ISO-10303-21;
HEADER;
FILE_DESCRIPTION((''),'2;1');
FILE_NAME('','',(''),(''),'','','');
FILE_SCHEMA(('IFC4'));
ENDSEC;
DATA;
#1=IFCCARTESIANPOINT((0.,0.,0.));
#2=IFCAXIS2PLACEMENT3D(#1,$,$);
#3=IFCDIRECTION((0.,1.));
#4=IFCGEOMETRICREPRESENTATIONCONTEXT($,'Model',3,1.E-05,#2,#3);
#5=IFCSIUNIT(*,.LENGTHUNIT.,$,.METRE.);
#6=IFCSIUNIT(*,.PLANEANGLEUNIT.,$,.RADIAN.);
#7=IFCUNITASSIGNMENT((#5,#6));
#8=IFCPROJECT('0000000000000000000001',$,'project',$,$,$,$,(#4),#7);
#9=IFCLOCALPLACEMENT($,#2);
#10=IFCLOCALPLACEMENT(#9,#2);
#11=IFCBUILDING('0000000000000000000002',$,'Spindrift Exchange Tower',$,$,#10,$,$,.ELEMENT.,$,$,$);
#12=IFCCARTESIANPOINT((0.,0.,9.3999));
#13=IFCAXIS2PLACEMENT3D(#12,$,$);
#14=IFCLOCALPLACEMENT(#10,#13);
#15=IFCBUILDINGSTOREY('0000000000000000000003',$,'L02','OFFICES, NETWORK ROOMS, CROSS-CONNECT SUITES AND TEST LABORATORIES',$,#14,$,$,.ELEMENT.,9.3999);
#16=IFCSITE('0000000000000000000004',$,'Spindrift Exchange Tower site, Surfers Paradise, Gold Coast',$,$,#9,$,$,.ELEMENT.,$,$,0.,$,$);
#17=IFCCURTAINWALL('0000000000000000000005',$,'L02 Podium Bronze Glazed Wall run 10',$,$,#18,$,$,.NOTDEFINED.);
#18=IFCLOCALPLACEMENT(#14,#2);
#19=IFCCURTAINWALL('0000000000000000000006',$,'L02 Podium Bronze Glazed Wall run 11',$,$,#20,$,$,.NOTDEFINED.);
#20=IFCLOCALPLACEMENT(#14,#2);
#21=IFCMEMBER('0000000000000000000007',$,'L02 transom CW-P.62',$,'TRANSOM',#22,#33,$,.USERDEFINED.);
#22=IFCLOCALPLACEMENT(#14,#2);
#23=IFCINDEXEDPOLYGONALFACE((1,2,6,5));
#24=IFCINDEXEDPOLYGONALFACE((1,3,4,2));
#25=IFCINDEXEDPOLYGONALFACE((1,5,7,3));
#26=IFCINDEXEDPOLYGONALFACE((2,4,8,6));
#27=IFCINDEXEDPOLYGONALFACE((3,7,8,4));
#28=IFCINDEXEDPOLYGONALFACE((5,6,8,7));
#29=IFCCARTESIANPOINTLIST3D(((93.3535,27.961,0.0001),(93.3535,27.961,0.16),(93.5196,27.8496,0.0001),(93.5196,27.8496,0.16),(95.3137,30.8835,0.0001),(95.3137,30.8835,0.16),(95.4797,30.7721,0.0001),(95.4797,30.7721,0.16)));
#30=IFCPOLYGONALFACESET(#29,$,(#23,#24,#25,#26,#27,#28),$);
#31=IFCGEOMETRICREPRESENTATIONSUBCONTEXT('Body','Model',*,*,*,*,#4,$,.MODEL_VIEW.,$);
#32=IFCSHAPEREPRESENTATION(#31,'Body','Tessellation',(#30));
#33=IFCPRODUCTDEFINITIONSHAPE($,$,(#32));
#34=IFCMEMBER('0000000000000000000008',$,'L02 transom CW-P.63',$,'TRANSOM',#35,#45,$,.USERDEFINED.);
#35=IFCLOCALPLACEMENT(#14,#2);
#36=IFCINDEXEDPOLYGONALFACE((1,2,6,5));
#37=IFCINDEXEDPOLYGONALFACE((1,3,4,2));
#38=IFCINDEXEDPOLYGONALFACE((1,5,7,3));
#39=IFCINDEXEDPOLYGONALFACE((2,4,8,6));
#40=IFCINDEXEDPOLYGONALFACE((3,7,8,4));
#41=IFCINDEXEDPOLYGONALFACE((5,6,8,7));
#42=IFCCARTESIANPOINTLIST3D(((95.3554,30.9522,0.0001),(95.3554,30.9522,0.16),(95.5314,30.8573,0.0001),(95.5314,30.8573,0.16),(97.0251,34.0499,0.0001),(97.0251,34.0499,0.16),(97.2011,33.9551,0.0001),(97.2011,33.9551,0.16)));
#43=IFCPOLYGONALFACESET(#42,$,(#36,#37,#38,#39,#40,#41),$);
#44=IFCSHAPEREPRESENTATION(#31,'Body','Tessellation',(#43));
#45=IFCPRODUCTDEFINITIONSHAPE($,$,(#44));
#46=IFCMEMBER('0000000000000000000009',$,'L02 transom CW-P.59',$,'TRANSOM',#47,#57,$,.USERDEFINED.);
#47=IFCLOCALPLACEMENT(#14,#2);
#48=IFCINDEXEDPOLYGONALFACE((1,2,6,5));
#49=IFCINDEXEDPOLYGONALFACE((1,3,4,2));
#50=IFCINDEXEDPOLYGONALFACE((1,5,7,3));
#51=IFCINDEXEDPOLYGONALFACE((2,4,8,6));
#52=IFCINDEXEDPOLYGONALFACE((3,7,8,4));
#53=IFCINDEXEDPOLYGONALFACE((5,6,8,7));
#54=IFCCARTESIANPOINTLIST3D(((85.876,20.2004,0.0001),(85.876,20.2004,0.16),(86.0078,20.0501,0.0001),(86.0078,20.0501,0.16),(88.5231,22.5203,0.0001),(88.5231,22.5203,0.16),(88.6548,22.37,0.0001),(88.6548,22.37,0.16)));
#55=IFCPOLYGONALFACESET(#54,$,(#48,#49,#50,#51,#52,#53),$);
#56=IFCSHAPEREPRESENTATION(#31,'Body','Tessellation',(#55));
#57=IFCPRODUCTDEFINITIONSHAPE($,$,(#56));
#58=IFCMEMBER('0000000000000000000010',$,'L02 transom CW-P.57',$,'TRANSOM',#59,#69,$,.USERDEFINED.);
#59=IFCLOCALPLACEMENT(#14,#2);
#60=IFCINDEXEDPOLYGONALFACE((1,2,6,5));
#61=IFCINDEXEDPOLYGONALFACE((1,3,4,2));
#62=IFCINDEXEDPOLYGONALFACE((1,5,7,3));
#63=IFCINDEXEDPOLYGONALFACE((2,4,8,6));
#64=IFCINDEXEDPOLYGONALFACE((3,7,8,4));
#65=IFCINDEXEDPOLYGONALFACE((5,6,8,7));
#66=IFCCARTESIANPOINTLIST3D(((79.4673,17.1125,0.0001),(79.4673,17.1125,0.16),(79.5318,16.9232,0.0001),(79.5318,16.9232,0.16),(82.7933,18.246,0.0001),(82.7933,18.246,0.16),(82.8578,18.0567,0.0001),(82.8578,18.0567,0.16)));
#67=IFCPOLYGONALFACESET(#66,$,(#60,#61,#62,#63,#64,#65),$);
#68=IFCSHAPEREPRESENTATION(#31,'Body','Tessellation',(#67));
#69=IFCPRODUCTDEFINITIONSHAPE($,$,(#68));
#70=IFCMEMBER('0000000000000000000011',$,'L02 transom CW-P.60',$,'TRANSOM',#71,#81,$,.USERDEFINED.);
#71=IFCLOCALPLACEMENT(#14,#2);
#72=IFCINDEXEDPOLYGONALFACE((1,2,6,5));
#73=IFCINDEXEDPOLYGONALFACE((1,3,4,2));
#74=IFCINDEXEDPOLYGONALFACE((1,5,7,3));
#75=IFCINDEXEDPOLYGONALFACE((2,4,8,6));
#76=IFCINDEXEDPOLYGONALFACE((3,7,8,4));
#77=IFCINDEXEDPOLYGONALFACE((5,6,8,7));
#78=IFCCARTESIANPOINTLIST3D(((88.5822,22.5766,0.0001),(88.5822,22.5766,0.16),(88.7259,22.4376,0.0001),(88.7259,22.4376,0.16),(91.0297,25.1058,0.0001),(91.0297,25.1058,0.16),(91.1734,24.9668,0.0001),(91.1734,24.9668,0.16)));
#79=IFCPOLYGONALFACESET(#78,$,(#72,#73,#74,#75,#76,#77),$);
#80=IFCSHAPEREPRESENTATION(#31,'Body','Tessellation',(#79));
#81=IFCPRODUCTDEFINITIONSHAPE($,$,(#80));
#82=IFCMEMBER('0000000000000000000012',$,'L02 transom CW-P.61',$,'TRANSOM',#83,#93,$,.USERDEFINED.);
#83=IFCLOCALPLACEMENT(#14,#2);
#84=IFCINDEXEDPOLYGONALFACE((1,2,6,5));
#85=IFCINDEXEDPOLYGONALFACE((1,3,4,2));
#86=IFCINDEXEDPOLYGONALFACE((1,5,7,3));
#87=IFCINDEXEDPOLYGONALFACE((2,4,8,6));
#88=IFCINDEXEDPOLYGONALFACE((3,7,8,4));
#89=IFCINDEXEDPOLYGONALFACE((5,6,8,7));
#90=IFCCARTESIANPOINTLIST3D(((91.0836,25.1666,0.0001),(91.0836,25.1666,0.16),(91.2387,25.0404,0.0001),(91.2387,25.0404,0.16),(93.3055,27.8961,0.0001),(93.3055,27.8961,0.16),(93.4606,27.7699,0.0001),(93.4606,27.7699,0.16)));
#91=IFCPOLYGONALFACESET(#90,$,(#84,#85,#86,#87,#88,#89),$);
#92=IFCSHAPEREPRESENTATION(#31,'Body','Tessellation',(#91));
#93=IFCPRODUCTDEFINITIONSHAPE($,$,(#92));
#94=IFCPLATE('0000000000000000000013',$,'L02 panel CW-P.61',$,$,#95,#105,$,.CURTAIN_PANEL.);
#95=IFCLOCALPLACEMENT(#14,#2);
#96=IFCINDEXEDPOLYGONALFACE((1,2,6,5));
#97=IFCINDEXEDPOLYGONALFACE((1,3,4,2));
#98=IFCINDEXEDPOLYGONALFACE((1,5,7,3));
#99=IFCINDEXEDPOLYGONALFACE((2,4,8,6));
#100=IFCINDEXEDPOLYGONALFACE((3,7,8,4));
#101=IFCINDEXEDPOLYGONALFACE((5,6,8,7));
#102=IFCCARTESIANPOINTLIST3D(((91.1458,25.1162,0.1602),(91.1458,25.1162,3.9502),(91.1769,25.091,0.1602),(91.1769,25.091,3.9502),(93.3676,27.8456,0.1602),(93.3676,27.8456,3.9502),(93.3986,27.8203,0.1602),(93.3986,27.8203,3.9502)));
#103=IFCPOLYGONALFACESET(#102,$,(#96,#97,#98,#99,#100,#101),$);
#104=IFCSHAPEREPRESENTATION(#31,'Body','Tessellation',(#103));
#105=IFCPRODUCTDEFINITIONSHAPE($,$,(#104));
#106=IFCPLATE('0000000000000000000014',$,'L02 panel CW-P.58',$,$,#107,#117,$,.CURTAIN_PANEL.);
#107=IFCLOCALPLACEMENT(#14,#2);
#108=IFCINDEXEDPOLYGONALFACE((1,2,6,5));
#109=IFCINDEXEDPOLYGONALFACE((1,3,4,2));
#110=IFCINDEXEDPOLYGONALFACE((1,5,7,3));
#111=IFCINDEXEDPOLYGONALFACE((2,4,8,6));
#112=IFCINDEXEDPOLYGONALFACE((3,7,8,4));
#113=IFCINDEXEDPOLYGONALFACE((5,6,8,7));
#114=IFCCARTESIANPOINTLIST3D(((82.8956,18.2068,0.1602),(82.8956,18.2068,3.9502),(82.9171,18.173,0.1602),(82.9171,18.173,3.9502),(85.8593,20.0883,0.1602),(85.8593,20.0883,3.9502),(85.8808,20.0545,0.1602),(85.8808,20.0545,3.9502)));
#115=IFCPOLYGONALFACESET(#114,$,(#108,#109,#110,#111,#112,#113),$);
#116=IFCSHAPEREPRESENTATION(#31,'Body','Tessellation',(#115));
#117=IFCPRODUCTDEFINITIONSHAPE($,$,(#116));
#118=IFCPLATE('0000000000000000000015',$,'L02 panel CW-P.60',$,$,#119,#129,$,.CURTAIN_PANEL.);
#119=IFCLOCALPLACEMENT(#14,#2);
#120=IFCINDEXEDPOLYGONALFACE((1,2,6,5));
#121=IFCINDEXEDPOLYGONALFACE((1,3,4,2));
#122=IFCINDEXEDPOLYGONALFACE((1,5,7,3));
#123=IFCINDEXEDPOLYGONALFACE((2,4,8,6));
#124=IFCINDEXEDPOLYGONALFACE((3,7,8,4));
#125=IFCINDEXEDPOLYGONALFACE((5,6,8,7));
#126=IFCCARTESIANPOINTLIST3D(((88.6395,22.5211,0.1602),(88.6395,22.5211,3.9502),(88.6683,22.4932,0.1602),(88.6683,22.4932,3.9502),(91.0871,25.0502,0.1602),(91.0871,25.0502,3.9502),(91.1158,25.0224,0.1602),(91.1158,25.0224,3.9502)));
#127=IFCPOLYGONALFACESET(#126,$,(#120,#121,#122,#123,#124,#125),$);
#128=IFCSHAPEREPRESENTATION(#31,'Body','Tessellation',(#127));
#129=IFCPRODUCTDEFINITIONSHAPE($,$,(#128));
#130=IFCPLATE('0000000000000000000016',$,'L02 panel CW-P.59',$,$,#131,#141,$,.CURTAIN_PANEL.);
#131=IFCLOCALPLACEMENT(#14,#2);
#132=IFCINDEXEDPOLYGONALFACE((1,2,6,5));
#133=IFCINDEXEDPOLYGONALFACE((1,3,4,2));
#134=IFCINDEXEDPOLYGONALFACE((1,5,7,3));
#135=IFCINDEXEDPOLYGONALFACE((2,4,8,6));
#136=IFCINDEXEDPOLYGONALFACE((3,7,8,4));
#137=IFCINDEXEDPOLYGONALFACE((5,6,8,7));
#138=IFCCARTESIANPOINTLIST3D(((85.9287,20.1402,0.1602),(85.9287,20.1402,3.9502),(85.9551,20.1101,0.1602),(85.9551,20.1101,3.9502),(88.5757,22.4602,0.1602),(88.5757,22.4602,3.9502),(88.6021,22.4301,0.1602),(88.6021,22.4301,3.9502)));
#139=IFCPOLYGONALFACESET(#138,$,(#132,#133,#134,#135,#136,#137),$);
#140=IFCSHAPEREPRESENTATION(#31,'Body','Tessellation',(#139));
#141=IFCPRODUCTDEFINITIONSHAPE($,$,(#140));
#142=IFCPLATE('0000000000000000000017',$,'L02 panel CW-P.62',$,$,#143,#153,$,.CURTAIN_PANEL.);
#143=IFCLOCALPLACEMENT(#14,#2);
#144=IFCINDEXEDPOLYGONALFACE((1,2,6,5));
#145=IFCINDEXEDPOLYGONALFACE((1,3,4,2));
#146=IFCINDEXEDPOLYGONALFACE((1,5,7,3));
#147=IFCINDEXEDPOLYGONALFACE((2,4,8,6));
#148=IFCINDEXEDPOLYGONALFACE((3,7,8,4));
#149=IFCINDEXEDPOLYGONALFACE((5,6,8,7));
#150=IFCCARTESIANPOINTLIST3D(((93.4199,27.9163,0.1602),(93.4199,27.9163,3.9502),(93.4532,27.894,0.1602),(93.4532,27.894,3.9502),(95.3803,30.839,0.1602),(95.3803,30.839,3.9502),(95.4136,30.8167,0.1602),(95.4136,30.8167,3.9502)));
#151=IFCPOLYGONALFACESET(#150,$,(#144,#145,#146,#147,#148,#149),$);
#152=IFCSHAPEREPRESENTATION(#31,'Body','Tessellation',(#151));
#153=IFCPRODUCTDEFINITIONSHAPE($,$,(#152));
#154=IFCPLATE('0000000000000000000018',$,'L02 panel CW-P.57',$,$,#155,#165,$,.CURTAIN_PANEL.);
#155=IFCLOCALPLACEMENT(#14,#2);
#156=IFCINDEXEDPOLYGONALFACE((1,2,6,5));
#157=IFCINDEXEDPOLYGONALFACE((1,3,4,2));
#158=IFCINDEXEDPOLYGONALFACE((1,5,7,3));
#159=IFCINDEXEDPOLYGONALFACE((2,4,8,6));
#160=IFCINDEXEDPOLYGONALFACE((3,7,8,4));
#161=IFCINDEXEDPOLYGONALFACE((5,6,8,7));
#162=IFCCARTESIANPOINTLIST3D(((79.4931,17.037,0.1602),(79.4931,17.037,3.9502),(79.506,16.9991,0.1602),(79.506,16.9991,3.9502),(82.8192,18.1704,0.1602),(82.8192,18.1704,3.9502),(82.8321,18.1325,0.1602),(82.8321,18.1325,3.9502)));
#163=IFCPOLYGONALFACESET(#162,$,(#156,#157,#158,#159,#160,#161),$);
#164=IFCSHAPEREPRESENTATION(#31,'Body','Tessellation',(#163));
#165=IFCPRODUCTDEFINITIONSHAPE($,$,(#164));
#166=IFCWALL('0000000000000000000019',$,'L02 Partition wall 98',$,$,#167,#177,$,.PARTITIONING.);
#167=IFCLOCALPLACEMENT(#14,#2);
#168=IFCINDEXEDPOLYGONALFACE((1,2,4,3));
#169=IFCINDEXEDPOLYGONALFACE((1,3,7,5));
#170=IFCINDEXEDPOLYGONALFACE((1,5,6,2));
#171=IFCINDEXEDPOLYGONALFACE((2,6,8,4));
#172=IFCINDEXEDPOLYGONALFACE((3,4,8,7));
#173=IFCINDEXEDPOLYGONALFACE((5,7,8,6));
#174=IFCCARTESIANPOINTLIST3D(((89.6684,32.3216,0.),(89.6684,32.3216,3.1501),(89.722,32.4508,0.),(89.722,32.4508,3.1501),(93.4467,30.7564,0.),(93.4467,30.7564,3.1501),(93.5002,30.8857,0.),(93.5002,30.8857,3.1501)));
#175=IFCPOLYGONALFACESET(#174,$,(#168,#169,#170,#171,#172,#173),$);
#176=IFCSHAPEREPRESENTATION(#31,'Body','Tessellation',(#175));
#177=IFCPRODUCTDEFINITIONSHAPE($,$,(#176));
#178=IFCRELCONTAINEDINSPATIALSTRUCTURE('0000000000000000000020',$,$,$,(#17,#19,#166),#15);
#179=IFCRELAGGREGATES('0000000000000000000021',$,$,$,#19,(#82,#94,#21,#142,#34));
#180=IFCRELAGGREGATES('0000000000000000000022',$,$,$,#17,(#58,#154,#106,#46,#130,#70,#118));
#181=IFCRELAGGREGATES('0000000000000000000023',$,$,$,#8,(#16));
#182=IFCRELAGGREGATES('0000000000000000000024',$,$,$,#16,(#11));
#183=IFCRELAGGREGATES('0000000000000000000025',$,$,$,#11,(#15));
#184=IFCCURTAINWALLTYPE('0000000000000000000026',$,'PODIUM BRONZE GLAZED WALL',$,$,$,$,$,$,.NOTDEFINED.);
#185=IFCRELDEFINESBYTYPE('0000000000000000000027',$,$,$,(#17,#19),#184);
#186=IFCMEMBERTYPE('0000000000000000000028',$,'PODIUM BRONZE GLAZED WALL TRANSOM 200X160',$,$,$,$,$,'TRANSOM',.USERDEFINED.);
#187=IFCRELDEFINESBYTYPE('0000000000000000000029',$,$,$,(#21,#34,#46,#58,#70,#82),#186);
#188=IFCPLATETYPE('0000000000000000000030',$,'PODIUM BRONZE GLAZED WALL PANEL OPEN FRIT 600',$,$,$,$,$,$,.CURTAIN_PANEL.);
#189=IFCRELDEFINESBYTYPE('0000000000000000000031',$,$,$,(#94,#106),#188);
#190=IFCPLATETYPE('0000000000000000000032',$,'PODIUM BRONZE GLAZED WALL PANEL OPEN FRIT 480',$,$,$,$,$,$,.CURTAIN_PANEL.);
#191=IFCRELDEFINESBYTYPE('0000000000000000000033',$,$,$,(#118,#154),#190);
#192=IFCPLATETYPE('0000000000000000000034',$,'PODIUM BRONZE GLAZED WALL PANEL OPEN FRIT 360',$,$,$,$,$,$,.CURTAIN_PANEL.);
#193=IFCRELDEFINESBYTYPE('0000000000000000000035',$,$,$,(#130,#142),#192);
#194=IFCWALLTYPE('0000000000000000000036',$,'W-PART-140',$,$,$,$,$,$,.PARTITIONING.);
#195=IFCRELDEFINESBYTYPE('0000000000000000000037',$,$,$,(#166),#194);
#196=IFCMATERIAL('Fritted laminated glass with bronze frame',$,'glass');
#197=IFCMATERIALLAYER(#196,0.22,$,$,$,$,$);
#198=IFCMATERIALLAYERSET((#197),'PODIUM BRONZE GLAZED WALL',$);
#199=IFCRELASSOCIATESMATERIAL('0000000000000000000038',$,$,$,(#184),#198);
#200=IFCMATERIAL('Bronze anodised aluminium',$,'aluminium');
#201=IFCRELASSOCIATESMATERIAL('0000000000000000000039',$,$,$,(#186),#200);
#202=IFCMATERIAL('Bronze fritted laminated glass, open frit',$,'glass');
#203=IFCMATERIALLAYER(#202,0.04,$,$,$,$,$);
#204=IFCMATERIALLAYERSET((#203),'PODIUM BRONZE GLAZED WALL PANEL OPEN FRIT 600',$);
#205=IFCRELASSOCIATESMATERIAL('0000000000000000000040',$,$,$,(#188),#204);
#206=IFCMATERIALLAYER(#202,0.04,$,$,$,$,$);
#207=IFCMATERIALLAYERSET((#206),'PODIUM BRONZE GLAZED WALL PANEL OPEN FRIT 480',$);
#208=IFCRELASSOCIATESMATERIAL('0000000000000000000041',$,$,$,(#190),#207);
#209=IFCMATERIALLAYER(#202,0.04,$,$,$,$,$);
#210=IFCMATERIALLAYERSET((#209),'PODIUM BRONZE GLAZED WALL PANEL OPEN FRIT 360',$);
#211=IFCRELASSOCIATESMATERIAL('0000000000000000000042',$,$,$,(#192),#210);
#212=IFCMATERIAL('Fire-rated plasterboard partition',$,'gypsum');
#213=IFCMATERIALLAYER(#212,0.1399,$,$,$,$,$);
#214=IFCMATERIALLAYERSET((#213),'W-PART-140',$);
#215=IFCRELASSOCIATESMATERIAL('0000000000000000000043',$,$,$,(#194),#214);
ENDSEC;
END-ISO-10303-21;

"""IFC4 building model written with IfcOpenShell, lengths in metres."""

from ifc_helpers import new_model, si_unit, direction, frame, frame_2d, origin, origin_2d, place, context, subcontext, project, spatial, rectangle, extrude, source, transform, mapped, material, layer, layer_set, material_profile, profile_set, type_object, element, aggregate, save


model = new_model("IFC4")

# Units and contexts
model_context = context("Model", 3, precision=1e-05, world=origin(), true_north=direction((0.0, 1.0)))
body_context = subcontext(model_context, "Body", "Model", "MODEL_VIEW")
ifc_project = project(units=[si_unit("LENGTHUNIT", "METRE"), si_unit("PLANEANGLEUNIT", "RADIAN")], contexts=[model_context])

# Site, building, storey
site_placement = place(None, origin())
site = spatial("IfcSite", under=ifc_project, at=site_placement, Name="Spindrift Exchange Tower site, Surfers Paradise, Gold Coast", CompositionType="ELEMENT", RefElevation=0.0)
building_placement = place(site_placement, origin())
building = spatial("IfcBuilding", under=site, at=building_placement, Name="Spindrift Exchange Tower", CompositionType="ELEMENT")
storey_placement = place(building_placement, frame((0.0, 0.0, 9.3999)))
storey = spatial("IfcBuildingStorey", under=building, at=storey_placement, Name="L02", Description="OFFICES, NETWORK ROOMS, CROSS-CONNECT SUITES AND TEST LABORATORIES", CompositionType="ELEMENT", Elevation=9.3999)

# Curtain walls, members
ifc_material_1 = material(Name="Fritted laminated glass with bronze frame", Category="glass")
ifc_layer_1 = layer(ifc_material_1, 0.22)
ifc_layer_set_1 = layer_set([ifc_layer_1], Name="PODIUM BRONZE GLAZED WALL")
curtain_wall_type = type_object("IfcCurtainWallType", Name="PODIUM BRONZE GLAZED WALL", PredefinedType="NOTDEFINED", material=ifc_layer_set_1)
curtain_wall_1_placement = place(storey_placement, origin())
curtain_wall_1 = element("IfcCurtainWall", 1, at=curtain_wall_1_placement, inside=storey, type_object=curtain_wall_type, Name="L02 Podium Bronze Glazed Wall run 10", PredefinedType="NOTDEFINED")
ifc_material_2 = material(Name="Bronze anodised aluminium", Category="aluminium")
ifc_material_profile_1 = material_profile(ifc_material_2, rectangle(XDim=0.2, YDim=0.1599, at=origin_2d()), Name="PODIUM BRONZE GLAZED WALL TRANSOM 200X160")
ifc_profile_set_1 = profile_set([ifc_material_profile_1], Name="Bronze anodised aluminium")
member_type_1 = type_object("IfcMemberType", Name="PODIUM BRONZE GLAZED WALL TRANSOM 200X160", ElementType="TRANSOM", PredefinedType="USERDEFINED", material=ifc_profile_set_1)
curtain_wall_2_placement = place(storey_placement, origin())
curtain_wall_2 = element("IfcCurtainWall", 2, at=curtain_wall_2_placement, inside=storey, type_object=curtain_wall_type, Name="L02 Podium Bronze Glazed Wall run 11", PredefinedType="NOTDEFINED")
shared_shape_1 = source(origin(), body_context, "Body", "SweptSolid", [
    extrude(rectangle(XDim=0.2, YDim=0.1599, at=origin_2d()), origin(), (0.0, 0.0, 1.0), 3.519),
])
member_1_placement = place(storey_placement, frame((93.4365, 27.9053, 0.0801), z_axis=(0.557019, 0.830499, 0.0), x_axis=(-0.830499, 0.557019, 0.0)))
member_1 = element("IfcMember", 3, at=member_1_placement, type_object=member_type_1, Name="L02 transom CW-P.62", ObjectType="TRANSOM", PredefinedType="USERDEFINED", context=body_context, shape_type="MappedRepresentation", body=[
    mapped(shared_shape_1, transform((0.0, 0.0, 0.0), scale=1.0)),
])
member_2_placement = place(storey_placement, frame((95.4434, 30.9048, 0.0801), z_axis=(0.474476, 0.880268, 0.0), x_axis=(-0.880268, 0.474476, 0.0)))
member_2 = element("IfcMember", 4, at=member_2_placement, type_object=member_type_1, Name="L02 transom CW-P.63", ObjectType="TRANSOM", PredefinedType="USERDEFINED", context=body_context, shape_type="MappedRepresentation", body=[
    mapped(shared_shape_1, transform((0.0, 0.0, 0.0), scale=1.0)),
])

# Members
shared_shape_2 = source(origin(), body_context, "Body", "SweptSolid", [
    extrude(rectangle(XDim=0.2, YDim=0.1599, at=origin_2d()), origin(), (0.0, 0.0, 1.0), 3.5198),
])
member_3_placement = place(storey_placement, frame((85.9419, 20.1252, 0.0801), z_axis=(0.752052, 0.659104, 0.0), x_axis=(-0.659104, 0.752052, 0.0)))
member_3 = element("IfcMember", 5, at=member_3_placement, type_object=member_type_1, Name="L02 transom CW-P.59", ObjectType="TRANSOM", PredefinedType="USERDEFINED", context=body_context, shape_type="MappedRepresentation", body=[
    mapped(shared_shape_2, transform((0.0, 0.0, 0.0), scale=1.0)),
])
shared_shape_3 = source(origin(), body_context, "Body", "SweptSolid", [
    extrude(rectangle(XDim=0.2, YDim=0.1599, at=origin_2d()), origin(), (0.0, 0.0, 1.0), 3.5139),
])
member_4_placement = place(storey_placement, frame((79.4995, 17.0178, 0.0801), z_axis=(0.946543, 0.322578, 0.0), x_axis=(-0.322578, 0.946543, 0.0)))
member_4 = element("IfcMember", 6, at=member_4_placement, type_object=member_type_1, Name="L02 transom CW-P.57", ObjectType="TRANSOM", PredefinedType="USERDEFINED", context=body_context, shape_type="MappedRepresentation", body=[
    mapped(shared_shape_3, transform((0.0, 0.0, 0.0), scale=1.0)),
])
shared_shape_4 = source(origin(), body_context, "Body", "SweptSolid", [
    extrude(rectangle(XDim=0.2, YDim=0.1599, at=origin_2d()), origin(), (0.0, 0.0, 1.0), 3.5195),
])
member_5_placement = place(storey_placement, frame((88.6541, 22.5071, 0.0801), z_axis=(0.695393, 0.71863, 0.0), x_axis=(-0.71863, 0.695393, 0.0)))
member_5 = element("IfcMember", 7, at=member_5_placement, type_object=member_type_1, Name="L02 transom CW-P.60", ObjectType="TRANSOM", PredefinedType="USERDEFINED", context=body_context, shape_type="MappedRepresentation", body=[
    mapped(shared_shape_4, transform((0.0, 0.0, 0.0), scale=1.0)),
])
member_6_placement = place(storey_placement, frame((91.1611, 25.1035, 0.0801), z_axis=(0.631313, 0.775528, 0.0), x_axis=(-0.775528, 0.631313, 0.0)))
member_6 = element("IfcMember", 8, at=member_6_placement, type_object=member_type_1, Name="L02 transom CW-P.61", ObjectType="TRANSOM", PredefinedType="USERDEFINED", context=body_context, shape_type="MappedRepresentation", body=[
    mapped(shared_shape_4, transform((0.0, 0.0, 0.0), scale=1.0)),
])

# Plates
ifc_material_3 = material(Name="Bronze fritted laminated glass, open frit", Category="glass")
ifc_layer_2 = layer(ifc_material_3, 0.04)
ifc_layer_set_2 = layer_set([ifc_layer_2], Name="PODIUM BRONZE GLAZED WALL PANEL OPEN FRIT 600")
plate_type_1 = type_object("IfcPlateType", Name="PODIUM BRONZE GLAZED WALL PANEL OPEN FRIT 600", PredefinedType="CURTAIN_PANEL", material=ifc_layer_set_2)
shared_shape_5 = source(origin(), body_context, "Body", "SweptSolid", [
    extrude(rectangle(XDim=3.5193, YDim=0.04, at=origin_2d()), origin(), (0.0, 0.0, 1.0), 3.79),
])
plate_1_placement = place(storey_placement, frame((92.2722, 26.4683, 0.1602), z_axis=(0.0, 0.0, 1.0), x_axis=(0.631301, 0.775538, 0.0)))
plate_1 = element("IfcPlate", 9, at=plate_1_placement, type_object=plate_type_1, Name="L02 panel CW-P.61", PredefinedType="CURTAIN_PANEL", context=body_context, shape_type="MappedRepresentation", body=[
    mapped(shared_shape_5, transform((0.0, 0.0, 0.0), scale=1.0)),
])
shared_shape_6 = source(origin(), body_context, "Body", "SweptSolid", [
    extrude(rectangle(XDim=3.5105, YDim=0.04, at=origin_2d()), origin(), (0.0, 0.0, 1.0), 3.79),
])
plate_2_placement = place(storey_placement, frame((84.3882, 19.1306, 0.1602), z_axis=(0.0, 0.0, 1.0), x_axis=(0.844242, 0.535962, 0.0)))
plate_2 = element("IfcPlate", 10, at=plate_2_placement, type_object=plate_type_1, Name="L02 panel CW-P.58", PredefinedType="CURTAIN_PANEL", context=body_context, shape_type="MappedRepresentation", body=[
    mapped(shared_shape_6, transform((0.0, 0.0, 0.0), scale=1.0)),
])
ifc_layer_3 = layer(ifc_material_3, 0.04)
ifc_layer_set_3 = layer_set([ifc_layer_3], Name="PODIUM BRONZE GLAZED WALL PANEL OPEN FRIT 480")
plate_type_2 = type_object("IfcPlateType", Name="PODIUM BRONZE GLAZED WALL PANEL OPEN FRIT 480", PredefinedType="CURTAIN_PANEL", material=ifc_layer_set_3)
shared_shape_7 = source(origin(), body_context, "Body", "SweptSolid", [
    extrude(rectangle(XDim=3.5195, YDim=0.04, at=origin_2d()), origin(), (0.0, 0.0, 1.0), 3.79),
])
plate_3_placement = place(storey_placement, frame((89.8777, 23.7717, 0.1602), z_axis=(0.0, 0.0, 1.0), x_axis=(0.695418, 0.718606, 0.0)))
plate_3 = element("IfcPlate", 11, at=plate_3_placement, type_object=plate_type_2, Name="L02 panel CW-P.60", PredefinedType="CURTAIN_PANEL", context=body_context, shape_type="MappedRepresentation", body=[
    mapped(shared_shape_7, transform((0.0, 0.0, 0.0), scale=1.0)),
])
ifc_layer_4 = layer(ifc_material_3, 0.04)
ifc_layer_set_4 = layer_set([ifc_layer_4], Name="PODIUM BRONZE GLAZED WALL PANEL OPEN FRIT 360")
plate_type_3 = type_object("IfcPlateType", Name="PODIUM BRONZE GLAZED WALL PANEL OPEN FRIT 360", PredefinedType="CURTAIN_PANEL", material=ifc_layer_set_4)
shared_shape_8 = source(origin(), body_context, "Body", "SweptSolid", [
    extrude(rectangle(XDim=3.5198, YDim=0.04, at=origin_2d()), origin(), (0.0, 0.0, 1.0), 3.79),
])
plate_4_placement = place(storey_placement, frame((87.2654, 21.2852, 0.1602), z_axis=(0.0, 0.0, 1.0), x_axis=(0.752038, 0.65912, 0.0)))
plate_4 = element("IfcPlate", 12, at=plate_4_placement, type_object=plate_type_3, Name="L02 panel CW-P.59", PredefinedType="CURTAIN_PANEL", context=body_context, shape_type="MappedRepresentation", body=[
    mapped(shared_shape_8, transform((0.0, 0.0, 0.0), scale=1.0)),
])
shared_shape_9 = source(origin(), body_context, "Body", "SweptSolid", [
    extrude(rectangle(XDim=3.5193, YDim=0.04, at=origin_2d()), origin(), (0.0, 0.0, 1.0), 3.79),
])
plate_5_placement = place(storey_placement, frame((94.4167, 29.3665, 0.1602), z_axis=(0.0, 0.0, 1.0), x_axis=(0.557045, 0.830482, 0.0)))
plate_5 = element("IfcPlate", 13, at=plate_5_placement, type_object=plate_type_3, Name="L02 panel CW-P.62", PredefinedType="CURTAIN_PANEL", context=body_context, shape_type="MappedRepresentation", body=[
    mapped(shared_shape_9, transform((0.0, 0.0, 0.0), scale=1.0)),
])
aggregate(curtain_wall_2, [member_6, plate_1, member_1, plate_5, member_2])
shared_shape_10 = source(origin(), body_context, "Body", "SweptSolid", [
    extrude(rectangle(XDim=3.5139, YDim=0.04, at=origin_2d()), origin(), (0.0, 0.0, 1.0), 3.79),
])
plate_6_placement = place(storey_placement, frame((81.1626, 17.5847, 0.1602), z_axis=(0.0, 0.0, 1.0), x_axis=(0.946556, 0.322538, 0.0)))
plate_6 = element("IfcPlate", 14, at=plate_6_placement, type_object=plate_type_2, Name="L02 panel CW-P.57", PredefinedType="CURTAIN_PANEL", context=body_context, shape_type="MappedRepresentation", body=[
    mapped(shared_shape_10, transform((0.0, 0.0, 0.0), scale=1.0)),
])
aggregate(curtain_wall_1, [member_4, plate_6, plate_2, member_3, plate_4, member_5, plate_3])

# Wall
ifc_material_4 = material(Name="Fire-rated plasterboard partition", Category="gypsum")
ifc_layer_5 = layer(ifc_material_4, 0.1399)
ifc_layer_set_5 = layer_set([ifc_layer_5], Name="W-PART-140")
wall_type_1 = type_object("IfcWallType", Name="W-PART-140", PredefinedType="PARTITIONING", material=ifc_layer_set_5)
wall_1_placement = place(storey_placement, frame((89.6951, 32.3862, 0.0), z_axis=(0.0, 0.0, 1.0), x_axis=(0.923866, -0.382716, 0.0)))
element("IfcWall", 15, at=wall_1_placement, inside=storey, type_object=wall_type_1, Name="L02 Partition wall 98", PredefinedType="PARTITIONING", context=body_context, shape_type="SweptSolid", body=[
    extrude(rectangle(XDim=4.0896, YDim=0.1399, at=frame_2d((2.0449, 0.0))), origin(), (0.0, 0.0, 1.0), 3.1501),
])

save(model, "model.ifc")
